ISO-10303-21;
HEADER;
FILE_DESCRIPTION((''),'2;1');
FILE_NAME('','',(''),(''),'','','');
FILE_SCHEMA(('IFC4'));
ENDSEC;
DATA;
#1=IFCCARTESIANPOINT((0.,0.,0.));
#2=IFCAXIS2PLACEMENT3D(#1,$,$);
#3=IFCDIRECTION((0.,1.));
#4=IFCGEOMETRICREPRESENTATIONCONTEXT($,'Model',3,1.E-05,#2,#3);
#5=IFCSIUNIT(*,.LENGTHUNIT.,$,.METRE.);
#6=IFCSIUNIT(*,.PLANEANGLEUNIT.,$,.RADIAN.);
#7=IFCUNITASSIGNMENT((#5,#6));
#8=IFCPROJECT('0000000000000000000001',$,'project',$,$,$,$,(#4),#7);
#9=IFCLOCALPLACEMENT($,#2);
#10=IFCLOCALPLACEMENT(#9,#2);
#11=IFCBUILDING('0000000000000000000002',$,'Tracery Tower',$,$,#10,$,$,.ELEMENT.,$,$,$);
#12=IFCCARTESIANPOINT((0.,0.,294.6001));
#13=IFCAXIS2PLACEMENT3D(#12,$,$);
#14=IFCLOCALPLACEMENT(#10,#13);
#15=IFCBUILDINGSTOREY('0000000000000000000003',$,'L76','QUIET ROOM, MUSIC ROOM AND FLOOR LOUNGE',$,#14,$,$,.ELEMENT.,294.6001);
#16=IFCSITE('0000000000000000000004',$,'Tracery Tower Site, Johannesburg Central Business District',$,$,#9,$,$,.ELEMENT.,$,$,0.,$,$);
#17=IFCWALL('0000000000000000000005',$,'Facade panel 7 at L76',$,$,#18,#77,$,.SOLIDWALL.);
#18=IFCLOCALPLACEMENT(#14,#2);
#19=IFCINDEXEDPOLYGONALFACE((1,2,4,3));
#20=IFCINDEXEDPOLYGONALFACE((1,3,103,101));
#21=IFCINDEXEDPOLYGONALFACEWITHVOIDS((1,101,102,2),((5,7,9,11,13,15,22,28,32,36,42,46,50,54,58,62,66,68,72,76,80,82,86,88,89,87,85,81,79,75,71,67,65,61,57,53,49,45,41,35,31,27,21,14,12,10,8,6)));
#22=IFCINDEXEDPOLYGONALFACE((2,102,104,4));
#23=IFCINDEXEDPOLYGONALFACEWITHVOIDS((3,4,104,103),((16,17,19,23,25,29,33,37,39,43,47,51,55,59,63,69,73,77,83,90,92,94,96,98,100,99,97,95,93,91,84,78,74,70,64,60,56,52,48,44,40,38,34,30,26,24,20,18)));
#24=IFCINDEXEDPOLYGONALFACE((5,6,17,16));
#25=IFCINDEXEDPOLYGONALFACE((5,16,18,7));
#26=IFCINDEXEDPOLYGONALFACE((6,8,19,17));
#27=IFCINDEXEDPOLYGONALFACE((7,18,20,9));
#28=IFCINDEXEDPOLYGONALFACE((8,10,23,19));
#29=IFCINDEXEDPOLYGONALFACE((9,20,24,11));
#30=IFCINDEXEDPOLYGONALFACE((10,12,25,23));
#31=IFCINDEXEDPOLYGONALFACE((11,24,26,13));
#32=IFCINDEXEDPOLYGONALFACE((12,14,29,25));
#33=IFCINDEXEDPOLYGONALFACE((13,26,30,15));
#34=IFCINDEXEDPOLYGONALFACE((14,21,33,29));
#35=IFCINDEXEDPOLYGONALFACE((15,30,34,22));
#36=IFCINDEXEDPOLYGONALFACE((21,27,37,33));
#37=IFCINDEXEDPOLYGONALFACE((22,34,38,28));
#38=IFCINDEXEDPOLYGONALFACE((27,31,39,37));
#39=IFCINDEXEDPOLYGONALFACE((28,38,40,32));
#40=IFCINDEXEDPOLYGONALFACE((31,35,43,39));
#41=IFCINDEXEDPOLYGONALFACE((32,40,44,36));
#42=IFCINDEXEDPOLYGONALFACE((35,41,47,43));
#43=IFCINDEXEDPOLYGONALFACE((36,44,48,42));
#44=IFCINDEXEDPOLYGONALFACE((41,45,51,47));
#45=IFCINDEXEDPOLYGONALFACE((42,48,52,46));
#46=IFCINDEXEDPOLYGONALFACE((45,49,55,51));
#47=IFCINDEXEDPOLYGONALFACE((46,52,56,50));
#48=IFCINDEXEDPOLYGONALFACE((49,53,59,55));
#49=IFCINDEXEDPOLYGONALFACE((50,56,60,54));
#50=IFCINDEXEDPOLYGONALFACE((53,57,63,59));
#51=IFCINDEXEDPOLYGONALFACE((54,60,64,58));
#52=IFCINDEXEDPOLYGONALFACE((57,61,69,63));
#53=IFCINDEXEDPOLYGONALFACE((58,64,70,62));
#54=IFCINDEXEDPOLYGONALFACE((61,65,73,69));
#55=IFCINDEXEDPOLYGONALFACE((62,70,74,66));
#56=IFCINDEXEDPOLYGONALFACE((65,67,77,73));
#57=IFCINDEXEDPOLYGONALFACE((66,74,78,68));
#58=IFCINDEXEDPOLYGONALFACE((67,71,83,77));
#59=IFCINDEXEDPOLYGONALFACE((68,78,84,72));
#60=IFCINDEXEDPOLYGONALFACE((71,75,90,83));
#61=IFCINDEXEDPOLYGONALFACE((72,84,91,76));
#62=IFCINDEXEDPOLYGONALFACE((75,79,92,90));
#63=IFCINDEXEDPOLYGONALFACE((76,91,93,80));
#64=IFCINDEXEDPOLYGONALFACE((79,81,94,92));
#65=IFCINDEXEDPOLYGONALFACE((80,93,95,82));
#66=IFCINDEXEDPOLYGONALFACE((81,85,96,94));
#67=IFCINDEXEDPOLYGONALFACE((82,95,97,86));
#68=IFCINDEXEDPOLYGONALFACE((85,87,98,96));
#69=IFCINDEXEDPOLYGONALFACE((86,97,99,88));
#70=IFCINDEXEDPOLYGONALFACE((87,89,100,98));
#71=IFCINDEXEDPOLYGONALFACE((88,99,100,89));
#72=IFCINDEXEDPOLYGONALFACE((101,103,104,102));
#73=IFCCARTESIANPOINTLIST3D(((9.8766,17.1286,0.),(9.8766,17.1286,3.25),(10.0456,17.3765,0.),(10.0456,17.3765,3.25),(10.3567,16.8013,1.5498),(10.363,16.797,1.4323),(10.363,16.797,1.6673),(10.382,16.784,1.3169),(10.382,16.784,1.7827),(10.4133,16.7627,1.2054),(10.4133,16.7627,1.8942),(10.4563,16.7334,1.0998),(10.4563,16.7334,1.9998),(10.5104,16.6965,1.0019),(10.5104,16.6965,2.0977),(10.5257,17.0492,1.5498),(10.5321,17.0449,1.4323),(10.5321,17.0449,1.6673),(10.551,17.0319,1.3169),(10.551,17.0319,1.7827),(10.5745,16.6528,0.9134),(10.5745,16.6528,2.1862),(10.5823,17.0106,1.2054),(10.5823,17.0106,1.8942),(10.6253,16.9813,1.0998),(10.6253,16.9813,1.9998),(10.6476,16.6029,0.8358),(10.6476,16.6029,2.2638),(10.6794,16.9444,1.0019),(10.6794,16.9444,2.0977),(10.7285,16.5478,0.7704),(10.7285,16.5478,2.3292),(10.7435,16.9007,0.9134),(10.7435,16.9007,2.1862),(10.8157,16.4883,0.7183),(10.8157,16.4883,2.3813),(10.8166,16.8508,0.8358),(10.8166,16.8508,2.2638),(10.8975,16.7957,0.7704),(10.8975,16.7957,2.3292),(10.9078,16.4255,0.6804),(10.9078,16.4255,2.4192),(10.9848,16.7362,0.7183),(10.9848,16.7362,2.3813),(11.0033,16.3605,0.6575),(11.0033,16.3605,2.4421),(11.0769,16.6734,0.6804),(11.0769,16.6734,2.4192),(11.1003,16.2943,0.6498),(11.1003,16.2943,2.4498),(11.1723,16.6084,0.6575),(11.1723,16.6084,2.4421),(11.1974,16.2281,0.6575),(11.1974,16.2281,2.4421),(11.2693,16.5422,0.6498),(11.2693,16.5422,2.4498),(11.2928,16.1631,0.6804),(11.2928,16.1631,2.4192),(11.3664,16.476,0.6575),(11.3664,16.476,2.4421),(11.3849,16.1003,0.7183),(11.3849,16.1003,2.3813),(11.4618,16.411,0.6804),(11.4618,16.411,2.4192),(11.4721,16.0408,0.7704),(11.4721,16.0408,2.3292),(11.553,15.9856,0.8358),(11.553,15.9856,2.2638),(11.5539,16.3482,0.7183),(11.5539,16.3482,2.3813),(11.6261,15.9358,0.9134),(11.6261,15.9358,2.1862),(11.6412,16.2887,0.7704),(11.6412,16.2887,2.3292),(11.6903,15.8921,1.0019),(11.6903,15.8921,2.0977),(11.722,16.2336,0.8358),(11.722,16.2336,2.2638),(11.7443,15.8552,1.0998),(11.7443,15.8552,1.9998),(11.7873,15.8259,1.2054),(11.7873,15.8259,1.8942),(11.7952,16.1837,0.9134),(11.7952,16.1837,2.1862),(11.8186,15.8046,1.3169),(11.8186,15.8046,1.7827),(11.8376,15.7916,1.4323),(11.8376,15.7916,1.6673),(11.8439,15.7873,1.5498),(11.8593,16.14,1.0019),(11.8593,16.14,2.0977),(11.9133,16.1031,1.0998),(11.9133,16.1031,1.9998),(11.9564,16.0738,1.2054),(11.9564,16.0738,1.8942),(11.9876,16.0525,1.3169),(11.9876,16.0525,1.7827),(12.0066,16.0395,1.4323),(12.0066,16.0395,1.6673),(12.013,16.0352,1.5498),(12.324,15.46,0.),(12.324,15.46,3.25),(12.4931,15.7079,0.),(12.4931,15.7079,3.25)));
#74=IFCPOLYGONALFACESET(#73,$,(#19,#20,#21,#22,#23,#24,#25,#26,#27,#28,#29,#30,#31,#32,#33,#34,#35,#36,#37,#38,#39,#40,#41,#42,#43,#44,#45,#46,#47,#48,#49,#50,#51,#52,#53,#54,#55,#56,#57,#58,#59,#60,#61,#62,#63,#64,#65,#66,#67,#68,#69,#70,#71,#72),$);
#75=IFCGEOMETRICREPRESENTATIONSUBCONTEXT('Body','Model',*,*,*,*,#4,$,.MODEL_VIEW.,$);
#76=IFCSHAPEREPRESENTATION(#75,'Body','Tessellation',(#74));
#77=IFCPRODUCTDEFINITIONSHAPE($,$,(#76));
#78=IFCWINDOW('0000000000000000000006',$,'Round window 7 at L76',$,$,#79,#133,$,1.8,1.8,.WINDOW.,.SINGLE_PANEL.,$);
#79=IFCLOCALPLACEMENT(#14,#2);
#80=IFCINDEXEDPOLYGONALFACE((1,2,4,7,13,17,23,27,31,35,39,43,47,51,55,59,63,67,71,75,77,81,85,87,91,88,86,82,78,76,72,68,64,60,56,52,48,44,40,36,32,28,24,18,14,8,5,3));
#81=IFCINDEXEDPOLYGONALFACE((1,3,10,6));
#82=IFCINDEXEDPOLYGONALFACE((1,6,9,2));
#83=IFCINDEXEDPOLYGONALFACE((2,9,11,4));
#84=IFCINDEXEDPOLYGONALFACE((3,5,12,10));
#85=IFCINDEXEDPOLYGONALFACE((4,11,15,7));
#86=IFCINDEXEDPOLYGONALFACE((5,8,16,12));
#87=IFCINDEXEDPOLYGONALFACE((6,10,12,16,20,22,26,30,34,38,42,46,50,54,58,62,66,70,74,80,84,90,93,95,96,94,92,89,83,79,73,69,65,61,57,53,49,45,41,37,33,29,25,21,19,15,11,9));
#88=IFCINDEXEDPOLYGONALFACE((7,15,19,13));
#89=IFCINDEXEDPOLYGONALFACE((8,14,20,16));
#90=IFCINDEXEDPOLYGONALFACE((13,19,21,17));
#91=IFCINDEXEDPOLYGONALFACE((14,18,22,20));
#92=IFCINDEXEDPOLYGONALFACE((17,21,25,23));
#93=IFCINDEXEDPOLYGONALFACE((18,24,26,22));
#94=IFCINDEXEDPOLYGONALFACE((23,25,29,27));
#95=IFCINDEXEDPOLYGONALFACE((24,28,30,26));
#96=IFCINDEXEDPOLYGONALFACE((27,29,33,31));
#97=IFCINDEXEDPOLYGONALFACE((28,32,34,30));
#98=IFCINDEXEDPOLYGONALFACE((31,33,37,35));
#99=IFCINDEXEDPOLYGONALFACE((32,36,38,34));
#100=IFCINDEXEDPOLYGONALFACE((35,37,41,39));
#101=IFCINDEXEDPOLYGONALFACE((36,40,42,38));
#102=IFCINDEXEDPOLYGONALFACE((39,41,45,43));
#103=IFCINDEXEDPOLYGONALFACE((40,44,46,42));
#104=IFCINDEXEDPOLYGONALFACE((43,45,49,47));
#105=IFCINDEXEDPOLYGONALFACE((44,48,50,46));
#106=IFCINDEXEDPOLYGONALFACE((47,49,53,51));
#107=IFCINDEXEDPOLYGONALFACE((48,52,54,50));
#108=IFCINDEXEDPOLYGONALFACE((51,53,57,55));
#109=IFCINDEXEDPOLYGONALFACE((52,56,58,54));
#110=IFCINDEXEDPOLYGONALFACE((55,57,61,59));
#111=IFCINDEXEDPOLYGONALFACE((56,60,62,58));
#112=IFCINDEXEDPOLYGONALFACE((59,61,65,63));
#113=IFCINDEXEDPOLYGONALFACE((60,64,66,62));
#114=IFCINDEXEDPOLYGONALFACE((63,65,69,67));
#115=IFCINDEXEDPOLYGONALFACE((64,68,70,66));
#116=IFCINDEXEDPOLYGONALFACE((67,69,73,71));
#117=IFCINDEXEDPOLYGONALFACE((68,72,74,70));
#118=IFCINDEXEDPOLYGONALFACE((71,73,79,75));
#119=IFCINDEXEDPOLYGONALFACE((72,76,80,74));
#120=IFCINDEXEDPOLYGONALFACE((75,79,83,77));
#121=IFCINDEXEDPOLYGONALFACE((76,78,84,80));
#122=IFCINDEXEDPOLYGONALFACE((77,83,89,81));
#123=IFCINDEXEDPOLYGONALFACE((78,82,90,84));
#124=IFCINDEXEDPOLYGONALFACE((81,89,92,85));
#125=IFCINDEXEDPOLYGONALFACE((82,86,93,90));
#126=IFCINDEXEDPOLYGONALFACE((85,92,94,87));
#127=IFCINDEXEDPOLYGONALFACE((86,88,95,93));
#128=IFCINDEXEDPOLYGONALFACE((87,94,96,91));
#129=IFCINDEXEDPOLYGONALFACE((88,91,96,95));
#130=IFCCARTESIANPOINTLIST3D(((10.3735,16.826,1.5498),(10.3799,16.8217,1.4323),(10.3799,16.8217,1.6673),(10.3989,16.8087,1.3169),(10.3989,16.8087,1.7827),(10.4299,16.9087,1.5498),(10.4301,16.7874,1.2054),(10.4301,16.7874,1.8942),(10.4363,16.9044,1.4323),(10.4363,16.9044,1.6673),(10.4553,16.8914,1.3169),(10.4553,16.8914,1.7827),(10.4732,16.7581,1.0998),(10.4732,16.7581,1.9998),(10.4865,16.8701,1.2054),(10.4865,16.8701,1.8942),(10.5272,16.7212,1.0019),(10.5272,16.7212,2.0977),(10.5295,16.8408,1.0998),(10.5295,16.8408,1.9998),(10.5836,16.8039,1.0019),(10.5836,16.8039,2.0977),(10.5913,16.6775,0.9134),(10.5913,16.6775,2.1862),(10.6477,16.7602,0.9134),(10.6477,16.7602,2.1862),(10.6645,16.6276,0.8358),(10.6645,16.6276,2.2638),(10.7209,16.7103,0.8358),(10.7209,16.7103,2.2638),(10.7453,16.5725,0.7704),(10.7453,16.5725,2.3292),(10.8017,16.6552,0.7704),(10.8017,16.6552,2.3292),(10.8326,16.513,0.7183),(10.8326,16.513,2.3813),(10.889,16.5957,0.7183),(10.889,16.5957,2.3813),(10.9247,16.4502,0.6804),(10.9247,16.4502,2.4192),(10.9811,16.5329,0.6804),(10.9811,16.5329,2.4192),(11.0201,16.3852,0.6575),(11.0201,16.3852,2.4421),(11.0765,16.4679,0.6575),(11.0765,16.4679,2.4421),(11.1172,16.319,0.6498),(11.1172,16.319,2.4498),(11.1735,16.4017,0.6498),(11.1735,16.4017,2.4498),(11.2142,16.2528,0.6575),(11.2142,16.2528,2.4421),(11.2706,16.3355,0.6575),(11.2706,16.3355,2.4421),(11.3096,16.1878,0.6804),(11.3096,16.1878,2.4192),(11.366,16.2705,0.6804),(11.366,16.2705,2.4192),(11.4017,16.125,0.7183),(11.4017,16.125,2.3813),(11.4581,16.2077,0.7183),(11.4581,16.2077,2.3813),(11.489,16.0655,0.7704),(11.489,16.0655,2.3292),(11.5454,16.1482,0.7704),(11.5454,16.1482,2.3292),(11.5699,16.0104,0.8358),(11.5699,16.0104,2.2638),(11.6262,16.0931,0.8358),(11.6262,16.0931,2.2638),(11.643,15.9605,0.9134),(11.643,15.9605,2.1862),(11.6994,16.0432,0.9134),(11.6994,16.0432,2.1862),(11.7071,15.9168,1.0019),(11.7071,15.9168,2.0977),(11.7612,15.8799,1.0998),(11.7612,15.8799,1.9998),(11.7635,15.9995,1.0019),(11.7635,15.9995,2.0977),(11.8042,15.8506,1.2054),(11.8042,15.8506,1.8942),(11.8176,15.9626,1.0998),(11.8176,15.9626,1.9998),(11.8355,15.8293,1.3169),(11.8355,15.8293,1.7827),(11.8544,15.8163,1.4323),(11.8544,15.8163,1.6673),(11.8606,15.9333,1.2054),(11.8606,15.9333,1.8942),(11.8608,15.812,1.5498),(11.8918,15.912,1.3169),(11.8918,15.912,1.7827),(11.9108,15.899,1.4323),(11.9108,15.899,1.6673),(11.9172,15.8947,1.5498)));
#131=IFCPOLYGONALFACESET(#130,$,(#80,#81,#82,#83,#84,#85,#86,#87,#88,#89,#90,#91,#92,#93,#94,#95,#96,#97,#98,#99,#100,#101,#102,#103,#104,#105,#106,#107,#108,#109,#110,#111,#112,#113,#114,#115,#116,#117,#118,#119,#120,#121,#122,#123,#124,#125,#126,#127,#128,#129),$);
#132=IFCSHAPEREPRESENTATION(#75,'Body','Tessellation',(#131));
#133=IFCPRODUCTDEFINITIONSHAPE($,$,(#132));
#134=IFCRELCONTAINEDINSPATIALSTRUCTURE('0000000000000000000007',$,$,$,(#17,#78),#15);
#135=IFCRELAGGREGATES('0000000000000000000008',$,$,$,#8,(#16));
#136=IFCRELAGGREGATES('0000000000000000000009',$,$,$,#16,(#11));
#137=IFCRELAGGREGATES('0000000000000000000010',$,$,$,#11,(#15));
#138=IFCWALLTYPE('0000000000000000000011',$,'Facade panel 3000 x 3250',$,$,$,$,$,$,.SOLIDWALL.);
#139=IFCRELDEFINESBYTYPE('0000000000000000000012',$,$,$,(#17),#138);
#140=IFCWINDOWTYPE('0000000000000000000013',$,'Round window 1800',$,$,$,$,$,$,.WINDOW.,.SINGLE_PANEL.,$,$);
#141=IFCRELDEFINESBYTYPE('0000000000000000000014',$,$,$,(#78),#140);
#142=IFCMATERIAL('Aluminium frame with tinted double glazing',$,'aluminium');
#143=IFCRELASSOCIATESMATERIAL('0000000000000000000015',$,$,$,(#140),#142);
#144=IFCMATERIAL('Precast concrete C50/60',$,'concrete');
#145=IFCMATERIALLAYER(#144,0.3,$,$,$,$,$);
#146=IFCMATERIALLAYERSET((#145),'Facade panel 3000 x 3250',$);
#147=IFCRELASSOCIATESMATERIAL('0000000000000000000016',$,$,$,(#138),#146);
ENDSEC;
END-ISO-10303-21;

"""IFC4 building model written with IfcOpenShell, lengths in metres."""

from ifc_helpers import new_model, si_unit, direction, frame, frame_2d, origin, origin_2d, place, context, subcontext, project, spatial, rectangle, circle, extrude, material, layer, layer_set, type_object, element, fill, save


model = new_model("IFC4")

# Units and contexts
model_context = context("Model", 3, precision=1e-05, world=origin(), true_north=direction((0.0, 1.0)))
body_context = subcontext(model_context, "Body", "Model", "MODEL_VIEW")
ifc_project = project(units=[si_unit("LENGTHUNIT", "METRE"), si_unit("PLANEANGLEUNIT", "RADIAN")], contexts=[model_context])

# Site, building, storey
site_placement = place(None, origin())
site = spatial("IfcSite", under=ifc_project, at=site_placement, Name="Tracery Tower Site, Johannesburg Central Business District", CompositionType="ELEMENT", RefElevation=0.0)
building_placement = place(site_placement, origin())
building = spatial("IfcBuilding", under=site, at=building_placement, Name="Tracery Tower", CompositionType="ELEMENT")
storey_placement = place(building_placement, frame((0.0, 0.0, 294.6001)))
storey = spatial("IfcBuildingStorey", under=building, at=storey_placement, Name="L76", Description="QUIET ROOM, MUSIC ROOM AND FLOOR LOUNGE", CompositionType="ELEMENT", Elevation=294.6001)

# Wall, opening, window
ifc_material_1 = material(Name="Aluminium frame with tinted double glazing", Category="aluminium")
window_type = type_object("IfcWindowType", Name="Round window 1800", PartitioningType="SINGLE_PANEL", PredefinedType="WINDOW", material=ifc_material_1)
ifc_material_2 = material(Name="Precast concrete C50/60", Category="concrete")
ifc_layer_1 = layer(ifc_material_2, 0.3)
ifc_layer_set_1 = layer_set([ifc_layer_1], Name="Facade panel 3000 x 3250")
wall_type_1 = type_object("IfcWallType", Name="Facade panel 3000 x 3250", PredefinedType="SOLIDWALL", material=ifc_layer_set_1)
wall_1_placement = place(storey_placement, frame((12.4084, 15.584, 0.0), z_axis=(0.0, 0.0, 1.0), x_axis=(-0.826236, 0.563324, 0.0)))
wall_1 = element("IfcWall", 1, at=wall_1_placement, inside=storey, type_object=wall_type_1, Name="Facade panel 7 at L76", PredefinedType="SOLIDWALL", context=body_context, shape_type="SweptSolid", body=[
    extrude(rectangle(XDim=2.9622, YDim=0.3, at=frame_2d((1.481, 0.0))), origin(), (0.0, 0.0, 1.0), 3.25),
])
opening_1_placement = place(wall_1_placement, frame((1.481, 0.0, 1.5498)))
opening_1 = element("IfcOpeningElement", 2, at=opening_1_placement, cuts=wall_1, PredefinedType="OPENING", context=body_context, shape_type="SweptSolid", body=[
    extrude(circle(Radius=0.9, at=origin_2d()), frame((0.0, 0.1599, 0.0), z_axis=(0.0, -1.0, 0.0), x_axis=(1.0, 0.0, 0.0)), (0.0, 0.0, 1.0), 0.3201),
])
window_1_placement = place(opening_1_placement, origin())
window_1 = element("IfcWindow", 3, at=window_1_placement, inside=storey, type_object=window_type, Name="Round window 7 at L76", OverallHeight=1.8, OverallWidth=1.8, PartitioningType="SINGLE_PANEL", PredefinedType="WINDOW", context=body_context, shape_type="SweptSolid", body=[
    extrude(circle(Radius=0.9, at=origin_2d()), frame((0.0, 0.1201, 0.0), z_axis=(0.0, -1.0, 0.0), x_axis=(1.0, 0.0, 0.0)), (0.0, 0.0, 1.0), 0.1001),
])
fill(opening_1, window_1)

save(model, "model.ifc")
